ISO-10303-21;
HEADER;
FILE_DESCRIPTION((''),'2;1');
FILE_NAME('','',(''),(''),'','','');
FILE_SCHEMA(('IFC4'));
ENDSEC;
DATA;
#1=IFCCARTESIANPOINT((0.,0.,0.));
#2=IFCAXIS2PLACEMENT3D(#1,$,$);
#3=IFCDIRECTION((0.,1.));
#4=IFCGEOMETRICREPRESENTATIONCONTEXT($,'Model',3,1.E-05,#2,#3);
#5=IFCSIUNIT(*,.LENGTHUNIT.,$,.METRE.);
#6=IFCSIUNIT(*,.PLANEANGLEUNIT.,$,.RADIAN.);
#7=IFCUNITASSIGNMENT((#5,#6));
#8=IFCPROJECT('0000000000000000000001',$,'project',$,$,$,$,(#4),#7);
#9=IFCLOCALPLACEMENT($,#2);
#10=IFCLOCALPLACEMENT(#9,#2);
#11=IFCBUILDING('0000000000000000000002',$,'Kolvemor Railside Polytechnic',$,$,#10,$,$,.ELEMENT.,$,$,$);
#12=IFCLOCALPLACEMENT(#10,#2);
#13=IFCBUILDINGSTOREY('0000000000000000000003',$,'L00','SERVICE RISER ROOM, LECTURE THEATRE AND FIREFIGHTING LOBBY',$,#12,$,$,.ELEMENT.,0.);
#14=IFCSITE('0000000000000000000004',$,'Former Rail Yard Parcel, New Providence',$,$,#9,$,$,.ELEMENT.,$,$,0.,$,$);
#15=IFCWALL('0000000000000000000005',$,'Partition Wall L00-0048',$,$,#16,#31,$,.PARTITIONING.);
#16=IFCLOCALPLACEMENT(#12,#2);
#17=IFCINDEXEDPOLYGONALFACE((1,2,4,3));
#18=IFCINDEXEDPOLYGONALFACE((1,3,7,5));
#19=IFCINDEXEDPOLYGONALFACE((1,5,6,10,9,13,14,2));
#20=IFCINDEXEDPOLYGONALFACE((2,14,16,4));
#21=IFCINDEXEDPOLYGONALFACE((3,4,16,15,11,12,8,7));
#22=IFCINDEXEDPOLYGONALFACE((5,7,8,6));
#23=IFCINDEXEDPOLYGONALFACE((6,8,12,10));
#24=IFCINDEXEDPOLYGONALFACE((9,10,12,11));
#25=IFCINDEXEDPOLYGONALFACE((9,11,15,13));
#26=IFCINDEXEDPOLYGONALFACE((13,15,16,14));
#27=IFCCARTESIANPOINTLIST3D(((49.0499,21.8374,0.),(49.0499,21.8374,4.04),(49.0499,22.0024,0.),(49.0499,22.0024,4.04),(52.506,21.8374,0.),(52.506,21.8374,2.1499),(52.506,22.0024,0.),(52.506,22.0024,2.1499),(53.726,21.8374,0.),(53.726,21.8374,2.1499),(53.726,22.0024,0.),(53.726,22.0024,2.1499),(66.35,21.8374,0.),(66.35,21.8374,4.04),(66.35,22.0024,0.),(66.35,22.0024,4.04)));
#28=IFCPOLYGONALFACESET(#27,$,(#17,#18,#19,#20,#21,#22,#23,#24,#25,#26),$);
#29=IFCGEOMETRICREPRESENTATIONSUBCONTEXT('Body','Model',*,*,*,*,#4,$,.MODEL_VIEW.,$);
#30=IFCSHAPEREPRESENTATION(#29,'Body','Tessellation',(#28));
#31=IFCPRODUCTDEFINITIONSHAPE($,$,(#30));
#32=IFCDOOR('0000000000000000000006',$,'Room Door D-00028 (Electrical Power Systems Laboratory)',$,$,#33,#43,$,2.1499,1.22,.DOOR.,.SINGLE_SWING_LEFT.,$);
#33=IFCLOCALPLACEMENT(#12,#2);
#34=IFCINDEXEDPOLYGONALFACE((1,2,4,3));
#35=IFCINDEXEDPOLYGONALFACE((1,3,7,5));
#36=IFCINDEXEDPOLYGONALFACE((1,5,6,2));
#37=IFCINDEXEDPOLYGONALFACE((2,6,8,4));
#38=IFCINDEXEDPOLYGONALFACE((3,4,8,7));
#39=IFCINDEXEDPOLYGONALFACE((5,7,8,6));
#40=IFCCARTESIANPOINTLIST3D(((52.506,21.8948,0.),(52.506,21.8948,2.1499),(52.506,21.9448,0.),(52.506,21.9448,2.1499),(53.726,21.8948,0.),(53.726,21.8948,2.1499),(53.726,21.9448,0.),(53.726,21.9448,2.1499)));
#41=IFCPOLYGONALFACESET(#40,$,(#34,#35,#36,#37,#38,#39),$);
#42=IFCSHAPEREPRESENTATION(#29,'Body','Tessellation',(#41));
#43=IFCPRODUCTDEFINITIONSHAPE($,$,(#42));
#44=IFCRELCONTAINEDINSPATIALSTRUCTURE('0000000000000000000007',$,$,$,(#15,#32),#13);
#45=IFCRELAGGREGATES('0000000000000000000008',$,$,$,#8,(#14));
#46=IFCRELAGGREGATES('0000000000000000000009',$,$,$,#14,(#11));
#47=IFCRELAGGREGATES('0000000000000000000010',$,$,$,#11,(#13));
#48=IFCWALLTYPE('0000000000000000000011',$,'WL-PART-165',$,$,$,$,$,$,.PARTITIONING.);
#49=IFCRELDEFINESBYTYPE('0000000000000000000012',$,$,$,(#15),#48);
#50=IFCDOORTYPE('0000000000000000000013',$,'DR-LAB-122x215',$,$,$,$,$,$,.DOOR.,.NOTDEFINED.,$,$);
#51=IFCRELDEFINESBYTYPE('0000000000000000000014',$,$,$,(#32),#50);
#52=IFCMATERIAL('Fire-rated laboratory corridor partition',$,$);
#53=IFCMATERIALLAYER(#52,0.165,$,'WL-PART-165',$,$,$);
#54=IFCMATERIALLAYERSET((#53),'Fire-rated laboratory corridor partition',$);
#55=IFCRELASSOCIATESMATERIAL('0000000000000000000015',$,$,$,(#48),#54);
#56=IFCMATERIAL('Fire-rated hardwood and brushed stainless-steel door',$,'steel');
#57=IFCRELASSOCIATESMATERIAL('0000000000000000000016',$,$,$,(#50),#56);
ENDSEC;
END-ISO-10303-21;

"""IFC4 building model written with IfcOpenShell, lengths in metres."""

from ifc_helpers import new_model, si_unit, direction, frame, frame_2d, origin, place, context, subcontext, project, spatial, rectangle, extrude, material, layer, layer_set, type_object, element, fill, save


model = new_model("IFC4")

# Units and contexts
model_context = context("Model", 3, precision=1e-05, world=origin(), true_north=direction((0.0, 1.0)))
body_context = subcontext(model_context, "Body", "Model", "MODEL_VIEW")
ifc_project = project(units=[si_unit("LENGTHUNIT", "METRE"), si_unit("PLANEANGLEUNIT", "RADIAN")], contexts=[model_context])

# Site, building, storey
site_placement = place(None, origin())
site = spatial("IfcSite", under=ifc_project, at=site_placement, Name="Former Rail Yard Parcel, New Providence", CompositionType="ELEMENT", RefElevation=0.0)
building_placement = place(site_placement, origin())
building = spatial("IfcBuilding", under=site, at=building_placement, Name="Kolvemor Railside Polytechnic", CompositionType="ELEMENT")
storey_placement = place(building_placement, origin())
storey = spatial("IfcBuildingStorey", under=building, at=storey_placement, Name="L00", Description="SERVICE RISER ROOM, LECTURE THEATRE AND FIREFIGHTING LOBBY", CompositionType="ELEMENT", Elevation=0.0)

# Wall, opening, door
ifc_material_1 = material(Name="Fire-rated laboratory corridor partition")
ifc_layer_1 = layer(ifc_material_1, 0.165, Name="WL-PART-165")
ifc_layer_set_1 = layer_set([ifc_layer_1], Name="Fire-rated laboratory corridor partition")
wall_type = type_object("IfcWallType", Name="WL-PART-165", PredefinedType="PARTITIONING", material=ifc_layer_set_1)
wall_placement = place(storey_placement, frame((49.05, 21.9199, 0.0), z_axis=(0.0, 0.0, 1.0), x_axis=(1.0, 0.0, 0.0)))
wall = element("IfcWall", 1, at=wall_placement, inside=storey, type_object=wall_type, Name="Partition Wall L00-0048", PredefinedType="PARTITIONING", context=body_context, shape_type="SweptSolid", body=[
    extrude(rectangle(XDim=17.3, YDim=0.165, at=frame_2d((8.6499, 0.0))), origin(), (0.0, 0.0, 1.0), 4.04),
])
opening_placement = place(wall_placement, frame((3.4561, 0.0, 0.0)))
opening = element("IfcOpeningElement", 2, at=opening_placement, cuts=wall, PredefinedType="OPENING", context=body_context, shape_type="SweptSolid", body=[
    extrude(rectangle(XDim=1.22, YDim=2.1499, at=frame_2d((0.6099, 1.075))), frame((0.0, 0.0925, 0.0), z_axis=(0.0, -1.0, 0.0), x_axis=(1.0, 0.0, 0.0)), (0.0, 0.0, 1.0), 0.1851),
])
ifc_material_2 = material(Name="Fire-rated hardwood and brushed stainless-steel door", Category="steel")
door_type = type_object("IfcDoorType", Name="DR-LAB-122x215", OperationType="NOTDEFINED", PredefinedType="DOOR", material=ifc_material_2)
door_placement = place(opening_placement, origin())
door = element("IfcDoor", 3, at=door_placement, inside=storey, type_object=door_type, Name="Room Door D-00028 (Electrical Power Systems Laboratory)", OperationType="SINGLE_SWING_LEFT", OverallHeight=2.1499, OverallWidth=1.22, PredefinedType="DOOR", context=body_context, shape_type="SweptSolid", body=[
    extrude(rectangle(XDim=1.22, YDim=2.1499, at=frame_2d((0.6099, 1.075))), frame((0.0, 0.0249, 0.0), z_axis=(0.0, -1.0, 0.0), x_axis=(1.0, 0.0, 0.0)), (0.0, 0.0, 1.0), 0.05),
])
fill(opening, door)

save(model, "model.ifc")
